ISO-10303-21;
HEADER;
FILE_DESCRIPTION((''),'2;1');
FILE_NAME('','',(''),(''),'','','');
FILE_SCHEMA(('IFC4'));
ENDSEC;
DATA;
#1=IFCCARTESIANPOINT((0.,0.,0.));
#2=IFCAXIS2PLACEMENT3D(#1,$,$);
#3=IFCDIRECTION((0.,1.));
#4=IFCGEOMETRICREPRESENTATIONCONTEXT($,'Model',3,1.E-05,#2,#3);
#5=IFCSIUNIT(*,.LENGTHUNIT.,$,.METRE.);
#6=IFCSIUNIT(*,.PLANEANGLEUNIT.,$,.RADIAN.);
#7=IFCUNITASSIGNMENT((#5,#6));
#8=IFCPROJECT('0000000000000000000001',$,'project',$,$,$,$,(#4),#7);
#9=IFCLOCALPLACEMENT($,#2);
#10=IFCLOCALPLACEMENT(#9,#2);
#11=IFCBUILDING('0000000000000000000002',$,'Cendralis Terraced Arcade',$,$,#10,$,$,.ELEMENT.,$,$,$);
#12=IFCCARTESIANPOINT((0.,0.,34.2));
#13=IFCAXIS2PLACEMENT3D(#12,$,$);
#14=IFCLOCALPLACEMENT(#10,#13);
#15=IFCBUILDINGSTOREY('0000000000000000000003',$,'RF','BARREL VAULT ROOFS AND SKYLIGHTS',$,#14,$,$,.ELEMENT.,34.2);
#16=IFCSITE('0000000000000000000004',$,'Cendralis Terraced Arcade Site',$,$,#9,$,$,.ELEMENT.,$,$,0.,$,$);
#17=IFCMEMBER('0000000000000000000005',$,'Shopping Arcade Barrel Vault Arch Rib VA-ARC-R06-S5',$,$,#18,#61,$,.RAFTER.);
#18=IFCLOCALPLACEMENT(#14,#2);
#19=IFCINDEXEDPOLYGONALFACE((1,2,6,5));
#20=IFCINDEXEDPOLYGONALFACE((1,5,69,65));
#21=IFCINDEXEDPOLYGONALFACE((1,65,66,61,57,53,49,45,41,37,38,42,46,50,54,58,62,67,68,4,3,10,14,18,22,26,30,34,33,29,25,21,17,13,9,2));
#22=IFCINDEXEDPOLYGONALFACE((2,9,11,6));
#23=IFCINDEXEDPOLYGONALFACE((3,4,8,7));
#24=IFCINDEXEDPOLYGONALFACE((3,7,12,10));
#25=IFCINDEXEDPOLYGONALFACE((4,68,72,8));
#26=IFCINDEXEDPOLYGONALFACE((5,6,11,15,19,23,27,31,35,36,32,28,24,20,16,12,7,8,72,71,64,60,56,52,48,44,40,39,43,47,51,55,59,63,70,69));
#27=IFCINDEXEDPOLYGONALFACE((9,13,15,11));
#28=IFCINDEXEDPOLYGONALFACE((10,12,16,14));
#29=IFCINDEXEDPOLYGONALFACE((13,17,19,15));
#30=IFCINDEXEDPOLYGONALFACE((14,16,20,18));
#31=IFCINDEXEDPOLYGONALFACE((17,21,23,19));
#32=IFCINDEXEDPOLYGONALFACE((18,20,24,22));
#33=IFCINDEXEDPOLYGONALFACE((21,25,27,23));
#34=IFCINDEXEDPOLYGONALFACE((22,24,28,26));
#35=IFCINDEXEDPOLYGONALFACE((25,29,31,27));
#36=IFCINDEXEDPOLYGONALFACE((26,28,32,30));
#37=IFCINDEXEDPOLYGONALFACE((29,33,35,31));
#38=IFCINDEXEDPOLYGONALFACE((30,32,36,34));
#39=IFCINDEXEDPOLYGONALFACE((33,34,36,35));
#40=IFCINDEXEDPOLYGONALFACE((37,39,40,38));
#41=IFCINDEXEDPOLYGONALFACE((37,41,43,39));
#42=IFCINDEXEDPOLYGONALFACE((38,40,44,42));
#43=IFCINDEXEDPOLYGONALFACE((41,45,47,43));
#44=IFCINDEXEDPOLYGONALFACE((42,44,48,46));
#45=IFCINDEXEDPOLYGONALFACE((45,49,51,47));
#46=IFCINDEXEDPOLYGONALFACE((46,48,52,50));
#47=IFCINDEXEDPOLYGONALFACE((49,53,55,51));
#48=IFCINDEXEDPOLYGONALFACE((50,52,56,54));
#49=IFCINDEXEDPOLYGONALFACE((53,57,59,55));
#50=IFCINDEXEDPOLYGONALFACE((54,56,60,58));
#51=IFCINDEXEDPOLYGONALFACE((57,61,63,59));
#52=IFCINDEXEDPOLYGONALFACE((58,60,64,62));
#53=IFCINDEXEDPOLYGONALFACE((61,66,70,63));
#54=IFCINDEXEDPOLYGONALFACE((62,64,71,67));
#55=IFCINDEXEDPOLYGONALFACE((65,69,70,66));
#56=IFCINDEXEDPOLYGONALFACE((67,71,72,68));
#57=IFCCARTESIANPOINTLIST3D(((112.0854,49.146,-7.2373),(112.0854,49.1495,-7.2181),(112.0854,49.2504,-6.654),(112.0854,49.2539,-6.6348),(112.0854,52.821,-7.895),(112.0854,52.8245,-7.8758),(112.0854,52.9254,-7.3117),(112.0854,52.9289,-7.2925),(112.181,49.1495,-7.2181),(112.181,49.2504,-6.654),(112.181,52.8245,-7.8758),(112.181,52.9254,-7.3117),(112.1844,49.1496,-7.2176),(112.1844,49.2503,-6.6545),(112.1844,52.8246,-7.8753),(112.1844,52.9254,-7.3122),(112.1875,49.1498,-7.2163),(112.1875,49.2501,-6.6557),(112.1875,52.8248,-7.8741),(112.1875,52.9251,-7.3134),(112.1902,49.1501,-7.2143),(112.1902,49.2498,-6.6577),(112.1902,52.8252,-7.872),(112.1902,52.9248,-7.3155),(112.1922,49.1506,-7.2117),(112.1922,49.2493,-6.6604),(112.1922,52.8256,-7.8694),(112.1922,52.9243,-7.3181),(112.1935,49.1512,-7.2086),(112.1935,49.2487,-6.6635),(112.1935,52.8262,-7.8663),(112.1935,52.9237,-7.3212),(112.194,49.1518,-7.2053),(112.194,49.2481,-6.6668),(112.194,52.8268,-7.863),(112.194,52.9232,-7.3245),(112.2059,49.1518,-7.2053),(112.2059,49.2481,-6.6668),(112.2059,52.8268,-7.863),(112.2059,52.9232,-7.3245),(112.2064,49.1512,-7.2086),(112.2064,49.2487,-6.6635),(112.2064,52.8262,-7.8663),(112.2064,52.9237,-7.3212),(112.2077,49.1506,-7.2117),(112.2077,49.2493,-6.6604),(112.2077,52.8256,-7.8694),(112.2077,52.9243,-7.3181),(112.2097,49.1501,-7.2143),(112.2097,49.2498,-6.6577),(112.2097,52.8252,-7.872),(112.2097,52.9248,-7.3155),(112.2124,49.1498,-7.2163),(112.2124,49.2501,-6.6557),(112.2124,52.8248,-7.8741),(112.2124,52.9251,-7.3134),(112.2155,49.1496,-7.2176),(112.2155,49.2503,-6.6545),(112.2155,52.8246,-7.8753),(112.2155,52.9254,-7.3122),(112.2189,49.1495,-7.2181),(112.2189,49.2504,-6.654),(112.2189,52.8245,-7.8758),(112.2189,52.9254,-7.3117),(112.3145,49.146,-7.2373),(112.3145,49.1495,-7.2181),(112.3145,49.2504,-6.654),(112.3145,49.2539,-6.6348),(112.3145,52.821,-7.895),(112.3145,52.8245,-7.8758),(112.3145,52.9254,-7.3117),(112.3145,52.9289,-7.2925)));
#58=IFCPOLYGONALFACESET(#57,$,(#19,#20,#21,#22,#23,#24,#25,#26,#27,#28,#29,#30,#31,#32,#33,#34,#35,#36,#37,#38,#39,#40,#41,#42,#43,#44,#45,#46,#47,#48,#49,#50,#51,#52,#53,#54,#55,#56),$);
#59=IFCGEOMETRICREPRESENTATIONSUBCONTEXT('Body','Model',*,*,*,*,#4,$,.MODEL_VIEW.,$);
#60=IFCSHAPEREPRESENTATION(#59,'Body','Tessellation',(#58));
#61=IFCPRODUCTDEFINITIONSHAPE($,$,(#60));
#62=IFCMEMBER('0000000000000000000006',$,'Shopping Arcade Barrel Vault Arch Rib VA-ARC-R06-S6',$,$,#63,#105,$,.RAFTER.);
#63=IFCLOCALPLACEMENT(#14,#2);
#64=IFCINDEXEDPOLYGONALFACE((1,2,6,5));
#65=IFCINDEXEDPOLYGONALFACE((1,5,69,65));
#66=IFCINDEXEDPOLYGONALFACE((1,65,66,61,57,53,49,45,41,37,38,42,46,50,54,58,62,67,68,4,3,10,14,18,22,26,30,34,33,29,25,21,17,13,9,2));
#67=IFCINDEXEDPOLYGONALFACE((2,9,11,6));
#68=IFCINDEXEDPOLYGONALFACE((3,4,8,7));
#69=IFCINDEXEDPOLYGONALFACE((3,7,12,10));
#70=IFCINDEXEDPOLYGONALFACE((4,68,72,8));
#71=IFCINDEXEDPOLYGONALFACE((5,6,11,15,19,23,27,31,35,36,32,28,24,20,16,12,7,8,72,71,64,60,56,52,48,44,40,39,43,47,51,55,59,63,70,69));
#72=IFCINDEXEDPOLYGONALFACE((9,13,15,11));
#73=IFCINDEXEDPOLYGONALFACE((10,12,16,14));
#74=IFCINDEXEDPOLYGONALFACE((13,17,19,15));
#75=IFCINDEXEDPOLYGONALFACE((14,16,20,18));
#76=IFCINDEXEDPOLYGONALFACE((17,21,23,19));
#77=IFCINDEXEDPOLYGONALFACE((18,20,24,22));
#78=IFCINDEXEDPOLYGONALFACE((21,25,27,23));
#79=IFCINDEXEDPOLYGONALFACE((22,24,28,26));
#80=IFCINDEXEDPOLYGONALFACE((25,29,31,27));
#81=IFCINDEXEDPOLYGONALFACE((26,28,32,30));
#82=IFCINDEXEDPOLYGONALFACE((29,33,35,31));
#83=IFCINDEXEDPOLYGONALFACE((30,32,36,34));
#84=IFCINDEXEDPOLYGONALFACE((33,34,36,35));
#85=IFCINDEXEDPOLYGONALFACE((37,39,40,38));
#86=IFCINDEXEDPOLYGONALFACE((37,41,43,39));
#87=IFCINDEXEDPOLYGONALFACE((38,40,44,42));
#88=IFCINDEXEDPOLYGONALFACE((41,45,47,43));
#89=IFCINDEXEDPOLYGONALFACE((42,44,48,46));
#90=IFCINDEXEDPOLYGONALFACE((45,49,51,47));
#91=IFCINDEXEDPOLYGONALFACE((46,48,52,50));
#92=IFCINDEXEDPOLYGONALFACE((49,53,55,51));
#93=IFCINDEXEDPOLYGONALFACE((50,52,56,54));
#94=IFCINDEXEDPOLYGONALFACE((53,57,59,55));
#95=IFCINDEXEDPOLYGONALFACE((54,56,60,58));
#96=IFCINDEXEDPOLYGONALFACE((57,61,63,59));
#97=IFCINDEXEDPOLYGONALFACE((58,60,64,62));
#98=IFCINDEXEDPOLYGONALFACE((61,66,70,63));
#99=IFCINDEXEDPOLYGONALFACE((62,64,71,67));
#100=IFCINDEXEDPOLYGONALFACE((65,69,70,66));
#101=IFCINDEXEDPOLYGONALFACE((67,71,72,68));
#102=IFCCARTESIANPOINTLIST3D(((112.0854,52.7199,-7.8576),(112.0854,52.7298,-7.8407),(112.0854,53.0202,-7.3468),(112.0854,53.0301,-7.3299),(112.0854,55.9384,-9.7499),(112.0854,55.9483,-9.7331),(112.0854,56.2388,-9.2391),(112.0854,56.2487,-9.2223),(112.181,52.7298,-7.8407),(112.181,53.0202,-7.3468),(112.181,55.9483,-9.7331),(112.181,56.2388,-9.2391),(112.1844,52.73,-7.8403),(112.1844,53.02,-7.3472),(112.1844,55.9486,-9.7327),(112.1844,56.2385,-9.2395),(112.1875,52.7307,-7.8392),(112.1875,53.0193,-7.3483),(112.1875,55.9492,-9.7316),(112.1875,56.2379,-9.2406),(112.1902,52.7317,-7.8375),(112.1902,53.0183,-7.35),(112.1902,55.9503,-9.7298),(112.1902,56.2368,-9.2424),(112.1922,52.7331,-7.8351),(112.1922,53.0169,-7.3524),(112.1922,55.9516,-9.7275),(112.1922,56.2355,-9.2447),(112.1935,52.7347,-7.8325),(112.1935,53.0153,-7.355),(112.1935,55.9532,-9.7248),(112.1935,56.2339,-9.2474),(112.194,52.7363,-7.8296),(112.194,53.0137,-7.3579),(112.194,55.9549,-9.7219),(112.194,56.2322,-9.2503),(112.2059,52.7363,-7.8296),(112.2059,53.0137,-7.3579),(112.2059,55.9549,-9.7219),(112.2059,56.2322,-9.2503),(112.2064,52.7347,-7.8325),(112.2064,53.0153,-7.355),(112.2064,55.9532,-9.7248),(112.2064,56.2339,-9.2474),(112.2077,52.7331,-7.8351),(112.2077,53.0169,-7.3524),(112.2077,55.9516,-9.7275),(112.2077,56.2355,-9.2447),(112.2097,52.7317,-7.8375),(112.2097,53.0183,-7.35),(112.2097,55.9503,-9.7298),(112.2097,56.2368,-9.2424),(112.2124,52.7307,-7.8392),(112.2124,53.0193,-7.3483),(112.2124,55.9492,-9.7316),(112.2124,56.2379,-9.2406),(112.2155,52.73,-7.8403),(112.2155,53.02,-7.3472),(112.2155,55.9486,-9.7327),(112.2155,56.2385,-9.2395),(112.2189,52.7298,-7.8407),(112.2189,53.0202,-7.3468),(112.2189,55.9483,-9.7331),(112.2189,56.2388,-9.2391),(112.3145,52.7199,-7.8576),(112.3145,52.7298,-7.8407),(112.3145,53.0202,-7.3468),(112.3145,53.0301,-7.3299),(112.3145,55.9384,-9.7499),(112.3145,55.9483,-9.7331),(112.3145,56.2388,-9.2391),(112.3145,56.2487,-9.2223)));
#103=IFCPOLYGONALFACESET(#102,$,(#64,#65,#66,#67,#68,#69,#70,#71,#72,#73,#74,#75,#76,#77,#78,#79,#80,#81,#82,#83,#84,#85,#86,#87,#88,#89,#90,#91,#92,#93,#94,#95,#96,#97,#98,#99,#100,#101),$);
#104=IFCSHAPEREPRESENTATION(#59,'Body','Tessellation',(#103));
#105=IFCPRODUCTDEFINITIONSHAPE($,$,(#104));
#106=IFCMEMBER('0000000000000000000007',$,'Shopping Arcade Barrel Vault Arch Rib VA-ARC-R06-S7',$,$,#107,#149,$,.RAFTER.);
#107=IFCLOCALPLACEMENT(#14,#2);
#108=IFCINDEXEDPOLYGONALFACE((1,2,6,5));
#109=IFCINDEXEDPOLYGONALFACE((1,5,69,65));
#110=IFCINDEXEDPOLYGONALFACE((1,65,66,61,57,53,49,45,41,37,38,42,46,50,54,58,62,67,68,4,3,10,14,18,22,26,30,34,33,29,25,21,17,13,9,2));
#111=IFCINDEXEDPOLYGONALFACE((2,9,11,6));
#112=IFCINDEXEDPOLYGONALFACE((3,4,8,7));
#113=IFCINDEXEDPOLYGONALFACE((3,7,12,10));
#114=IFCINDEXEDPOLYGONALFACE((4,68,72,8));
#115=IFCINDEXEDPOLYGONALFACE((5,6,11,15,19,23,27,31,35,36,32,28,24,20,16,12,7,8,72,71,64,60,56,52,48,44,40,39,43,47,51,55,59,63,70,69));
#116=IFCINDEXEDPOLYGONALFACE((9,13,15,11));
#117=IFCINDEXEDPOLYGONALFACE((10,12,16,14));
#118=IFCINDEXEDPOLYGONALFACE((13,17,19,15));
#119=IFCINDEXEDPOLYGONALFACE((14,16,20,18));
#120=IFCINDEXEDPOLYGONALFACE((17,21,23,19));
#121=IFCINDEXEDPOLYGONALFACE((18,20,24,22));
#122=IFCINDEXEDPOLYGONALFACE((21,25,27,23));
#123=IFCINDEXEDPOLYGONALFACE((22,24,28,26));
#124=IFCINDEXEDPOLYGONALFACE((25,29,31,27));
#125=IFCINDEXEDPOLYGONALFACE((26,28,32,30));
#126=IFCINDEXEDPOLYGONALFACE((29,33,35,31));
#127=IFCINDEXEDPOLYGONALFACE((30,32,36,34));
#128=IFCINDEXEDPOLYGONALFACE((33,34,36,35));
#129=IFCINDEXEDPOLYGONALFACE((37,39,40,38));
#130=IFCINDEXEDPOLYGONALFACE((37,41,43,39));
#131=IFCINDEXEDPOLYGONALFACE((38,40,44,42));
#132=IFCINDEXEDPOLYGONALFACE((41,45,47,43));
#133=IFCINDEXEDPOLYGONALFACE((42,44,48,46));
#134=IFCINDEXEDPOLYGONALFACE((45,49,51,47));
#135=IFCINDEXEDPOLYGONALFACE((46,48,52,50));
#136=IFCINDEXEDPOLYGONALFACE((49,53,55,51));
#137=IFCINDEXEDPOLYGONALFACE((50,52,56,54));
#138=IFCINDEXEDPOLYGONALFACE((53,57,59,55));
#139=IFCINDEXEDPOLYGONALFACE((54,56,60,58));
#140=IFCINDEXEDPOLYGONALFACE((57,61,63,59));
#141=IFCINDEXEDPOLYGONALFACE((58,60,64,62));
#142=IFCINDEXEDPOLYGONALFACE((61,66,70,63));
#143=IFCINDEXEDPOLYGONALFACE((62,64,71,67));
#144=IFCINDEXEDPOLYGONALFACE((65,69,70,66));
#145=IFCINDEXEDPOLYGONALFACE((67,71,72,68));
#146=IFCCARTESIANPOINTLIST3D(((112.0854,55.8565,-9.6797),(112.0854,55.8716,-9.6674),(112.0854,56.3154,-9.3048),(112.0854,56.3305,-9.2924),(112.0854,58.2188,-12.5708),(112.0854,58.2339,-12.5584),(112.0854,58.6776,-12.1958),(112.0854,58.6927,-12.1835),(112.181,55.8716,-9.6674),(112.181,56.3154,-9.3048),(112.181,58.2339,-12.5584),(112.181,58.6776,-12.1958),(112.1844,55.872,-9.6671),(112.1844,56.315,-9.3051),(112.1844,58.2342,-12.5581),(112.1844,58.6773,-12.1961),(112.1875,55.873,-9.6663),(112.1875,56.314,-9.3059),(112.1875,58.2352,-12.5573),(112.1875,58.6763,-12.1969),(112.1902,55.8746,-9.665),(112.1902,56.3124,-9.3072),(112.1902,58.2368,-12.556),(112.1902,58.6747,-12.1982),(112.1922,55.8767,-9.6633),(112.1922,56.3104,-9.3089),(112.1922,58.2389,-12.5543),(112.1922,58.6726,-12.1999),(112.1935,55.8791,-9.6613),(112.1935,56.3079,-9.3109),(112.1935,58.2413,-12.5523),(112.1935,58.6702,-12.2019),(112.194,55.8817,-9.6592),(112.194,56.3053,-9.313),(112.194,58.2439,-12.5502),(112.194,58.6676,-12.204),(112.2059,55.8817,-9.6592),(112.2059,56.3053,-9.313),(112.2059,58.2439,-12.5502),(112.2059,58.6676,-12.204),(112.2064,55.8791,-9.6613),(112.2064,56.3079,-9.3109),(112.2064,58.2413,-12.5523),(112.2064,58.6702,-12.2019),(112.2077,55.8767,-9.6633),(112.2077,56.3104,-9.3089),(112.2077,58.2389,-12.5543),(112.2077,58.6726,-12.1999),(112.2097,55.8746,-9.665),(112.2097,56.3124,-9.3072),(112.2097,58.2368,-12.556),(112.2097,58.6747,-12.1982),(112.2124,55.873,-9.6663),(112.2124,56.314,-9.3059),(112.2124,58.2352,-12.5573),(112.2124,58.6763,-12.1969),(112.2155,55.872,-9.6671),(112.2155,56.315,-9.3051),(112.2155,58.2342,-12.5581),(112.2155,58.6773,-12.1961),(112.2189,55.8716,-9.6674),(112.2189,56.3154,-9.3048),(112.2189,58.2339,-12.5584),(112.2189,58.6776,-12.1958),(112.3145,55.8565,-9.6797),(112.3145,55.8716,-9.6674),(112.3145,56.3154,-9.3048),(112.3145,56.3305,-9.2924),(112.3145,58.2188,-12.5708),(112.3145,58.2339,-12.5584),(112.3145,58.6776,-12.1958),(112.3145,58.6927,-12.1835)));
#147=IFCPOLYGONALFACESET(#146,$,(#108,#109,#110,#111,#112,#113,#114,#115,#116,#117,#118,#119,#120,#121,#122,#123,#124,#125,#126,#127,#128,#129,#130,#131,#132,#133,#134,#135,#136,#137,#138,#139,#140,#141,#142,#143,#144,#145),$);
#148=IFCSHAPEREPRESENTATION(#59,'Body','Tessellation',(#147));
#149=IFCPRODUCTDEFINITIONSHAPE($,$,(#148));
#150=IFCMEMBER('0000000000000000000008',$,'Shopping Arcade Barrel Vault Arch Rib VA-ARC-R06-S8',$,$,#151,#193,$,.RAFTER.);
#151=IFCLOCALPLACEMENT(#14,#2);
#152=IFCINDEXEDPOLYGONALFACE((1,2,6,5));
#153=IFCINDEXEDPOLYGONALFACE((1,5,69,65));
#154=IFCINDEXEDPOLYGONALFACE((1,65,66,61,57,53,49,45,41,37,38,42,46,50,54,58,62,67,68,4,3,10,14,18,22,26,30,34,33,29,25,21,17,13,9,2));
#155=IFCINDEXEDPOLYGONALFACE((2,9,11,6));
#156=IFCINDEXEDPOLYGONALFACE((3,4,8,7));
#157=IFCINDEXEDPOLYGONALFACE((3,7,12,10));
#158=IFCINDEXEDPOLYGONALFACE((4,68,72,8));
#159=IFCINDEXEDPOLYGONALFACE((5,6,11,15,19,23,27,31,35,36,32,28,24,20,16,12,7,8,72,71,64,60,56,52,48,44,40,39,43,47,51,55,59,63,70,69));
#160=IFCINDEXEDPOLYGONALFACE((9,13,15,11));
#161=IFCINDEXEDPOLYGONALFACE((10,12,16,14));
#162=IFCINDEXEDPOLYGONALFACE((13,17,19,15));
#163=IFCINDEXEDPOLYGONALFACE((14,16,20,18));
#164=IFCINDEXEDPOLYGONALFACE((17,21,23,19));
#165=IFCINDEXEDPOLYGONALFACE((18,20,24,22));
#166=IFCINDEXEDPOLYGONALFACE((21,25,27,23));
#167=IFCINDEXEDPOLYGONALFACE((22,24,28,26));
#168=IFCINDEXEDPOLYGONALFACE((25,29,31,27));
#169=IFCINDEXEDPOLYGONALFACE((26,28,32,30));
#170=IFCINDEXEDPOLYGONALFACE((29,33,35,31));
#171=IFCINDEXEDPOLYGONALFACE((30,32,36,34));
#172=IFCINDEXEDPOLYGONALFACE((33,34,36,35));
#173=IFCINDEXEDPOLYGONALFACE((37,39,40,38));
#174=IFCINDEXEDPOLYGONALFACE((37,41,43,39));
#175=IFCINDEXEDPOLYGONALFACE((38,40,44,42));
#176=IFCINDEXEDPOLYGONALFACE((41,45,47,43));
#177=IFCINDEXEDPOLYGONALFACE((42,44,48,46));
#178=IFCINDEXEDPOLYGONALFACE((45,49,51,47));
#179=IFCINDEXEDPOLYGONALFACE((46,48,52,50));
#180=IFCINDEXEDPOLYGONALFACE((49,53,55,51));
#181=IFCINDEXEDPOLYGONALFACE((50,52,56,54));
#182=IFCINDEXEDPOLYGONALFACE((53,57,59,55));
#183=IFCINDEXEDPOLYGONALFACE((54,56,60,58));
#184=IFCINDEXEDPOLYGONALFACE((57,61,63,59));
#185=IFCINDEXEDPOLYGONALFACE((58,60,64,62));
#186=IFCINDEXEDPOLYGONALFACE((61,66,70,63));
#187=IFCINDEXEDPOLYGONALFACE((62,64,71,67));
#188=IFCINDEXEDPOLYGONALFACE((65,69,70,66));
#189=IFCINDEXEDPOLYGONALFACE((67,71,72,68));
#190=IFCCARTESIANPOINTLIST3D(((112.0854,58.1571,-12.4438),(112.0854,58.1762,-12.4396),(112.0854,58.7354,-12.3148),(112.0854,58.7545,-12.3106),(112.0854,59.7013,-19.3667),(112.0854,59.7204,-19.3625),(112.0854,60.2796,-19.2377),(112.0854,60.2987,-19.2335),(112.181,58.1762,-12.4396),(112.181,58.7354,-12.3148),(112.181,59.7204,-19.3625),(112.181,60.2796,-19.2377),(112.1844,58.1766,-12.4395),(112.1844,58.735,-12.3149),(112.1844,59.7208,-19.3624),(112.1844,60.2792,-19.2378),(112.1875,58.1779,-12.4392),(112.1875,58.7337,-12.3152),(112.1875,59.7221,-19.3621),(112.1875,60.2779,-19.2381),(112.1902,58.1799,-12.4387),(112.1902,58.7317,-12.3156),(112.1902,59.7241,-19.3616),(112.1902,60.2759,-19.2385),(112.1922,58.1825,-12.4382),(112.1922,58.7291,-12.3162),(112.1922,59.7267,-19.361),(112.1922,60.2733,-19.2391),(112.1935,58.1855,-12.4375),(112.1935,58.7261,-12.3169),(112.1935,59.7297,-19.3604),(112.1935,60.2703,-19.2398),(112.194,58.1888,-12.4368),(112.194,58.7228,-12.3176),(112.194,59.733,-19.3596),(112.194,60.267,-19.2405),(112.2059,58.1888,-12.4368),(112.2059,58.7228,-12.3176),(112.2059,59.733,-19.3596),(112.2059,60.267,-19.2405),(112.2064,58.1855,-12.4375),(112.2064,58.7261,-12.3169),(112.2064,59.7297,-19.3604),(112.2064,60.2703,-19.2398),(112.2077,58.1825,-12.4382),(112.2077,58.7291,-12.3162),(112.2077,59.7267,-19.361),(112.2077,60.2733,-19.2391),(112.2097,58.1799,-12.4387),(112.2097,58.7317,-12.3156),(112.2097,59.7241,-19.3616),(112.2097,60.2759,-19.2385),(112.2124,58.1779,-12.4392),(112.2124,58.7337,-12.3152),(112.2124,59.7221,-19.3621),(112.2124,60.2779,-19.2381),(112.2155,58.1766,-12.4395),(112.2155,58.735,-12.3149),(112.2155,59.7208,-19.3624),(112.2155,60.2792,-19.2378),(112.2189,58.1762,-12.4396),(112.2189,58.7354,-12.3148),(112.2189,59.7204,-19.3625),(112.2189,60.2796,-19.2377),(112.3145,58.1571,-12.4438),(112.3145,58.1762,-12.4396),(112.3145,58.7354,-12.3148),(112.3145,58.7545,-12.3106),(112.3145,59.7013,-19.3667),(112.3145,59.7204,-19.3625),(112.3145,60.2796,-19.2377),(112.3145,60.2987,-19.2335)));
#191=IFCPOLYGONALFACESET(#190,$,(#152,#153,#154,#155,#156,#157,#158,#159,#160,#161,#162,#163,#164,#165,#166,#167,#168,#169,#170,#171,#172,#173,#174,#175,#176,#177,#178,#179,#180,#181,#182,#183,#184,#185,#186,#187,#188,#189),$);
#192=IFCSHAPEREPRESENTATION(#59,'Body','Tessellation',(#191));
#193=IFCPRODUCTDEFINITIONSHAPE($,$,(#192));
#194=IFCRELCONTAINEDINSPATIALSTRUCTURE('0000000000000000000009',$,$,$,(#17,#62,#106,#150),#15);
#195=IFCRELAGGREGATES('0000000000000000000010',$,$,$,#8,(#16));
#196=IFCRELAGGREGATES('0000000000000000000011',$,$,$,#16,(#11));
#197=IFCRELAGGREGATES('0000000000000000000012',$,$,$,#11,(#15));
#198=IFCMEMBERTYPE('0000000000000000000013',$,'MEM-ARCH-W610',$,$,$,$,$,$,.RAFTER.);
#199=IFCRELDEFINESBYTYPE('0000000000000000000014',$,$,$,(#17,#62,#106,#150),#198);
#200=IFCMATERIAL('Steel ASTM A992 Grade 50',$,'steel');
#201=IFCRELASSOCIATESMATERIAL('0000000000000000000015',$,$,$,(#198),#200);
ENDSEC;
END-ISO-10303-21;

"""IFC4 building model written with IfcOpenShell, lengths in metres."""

from ifc_helpers import new_model, si_unit, direction, frame, origin, origin_2d, place, context, subcontext, project, spatial, i_section, extrude, material, material_profile, profile_set, type_object, element, save


model = new_model("IFC4")

# Units and contexts
model_context = context("Model", 3, precision=1e-05, world=origin(), true_north=direction((0.0, 1.0)))
body_context = subcontext(model_context, "Body", "Model", "MODEL_VIEW")
ifc_project = project(units=[si_unit("LENGTHUNIT", "METRE"), si_unit("PLANEANGLEUNIT", "RADIAN")], contexts=[model_context])

# Site, building, storey
site_placement = place(None, origin())
site = spatial("IfcSite", under=ifc_project, at=site_placement, Name="Cendralis Terraced Arcade Site", CompositionType="ELEMENT", RefElevation=0.0)
building_placement = place(site_placement, origin())
building = spatial("IfcBuilding", under=site, at=building_placement, Name="Cendralis Terraced Arcade", CompositionType="ELEMENT")
storey_placement = place(building_placement, frame((0.0, 0.0, 34.2)))
storey = spatial("IfcBuildingStorey", under=building, at=storey_placement, Name="RF", Description="BARREL VAULT ROOFS AND SKYLIGHTS", CompositionType="ELEMENT", Elevation=34.2)

# Members
ifc_material_1 = material(Name="Steel ASTM A992 Grade 50", Category="steel")
ifc_material_profile_1 = material_profile(ifc_material_1, i_section(OverallWidth=0.229, OverallDepth=0.6121, WebThickness=0.012, FlangeThickness=0.0195, FilletRadius=0.0129, at=origin_2d()), Name="W610X125", Category="LoadBearing")
ifc_profile_set_1 = profile_set([ifc_material_profile_1], Name="Steel ASTM A992 Grade 50")
member_type_1 = type_object("IfcMemberType", Name="MEM-ARCH-W610", PredefinedType="RAFTER", material=ifc_profile_set_1)
member_1_placement = place(storey_placement, frame((112.2, 49.2, -6.936), z_axis=(0.0, 0.98436, -0.176169), x_axis=(-1.0, 0.0, 0.0)))
element("IfcMember", 1, at=member_1_placement, inside=storey, type_object=member_type_1, Name="Shopping Arcade Barrel Vault Arch Rib VA-ARC-R06-S5", PredefinedType="RAFTER", context=body_context, shape_type="SweptSolid", body=[
    extrude(i_section(OverallWidth=0.229, OverallDepth=0.6121, WebThickness=0.012, FlangeThickness=0.0195, FilletRadius=0.0129, at=origin_2d()), origin(), (0.0, 0.0, 1.0), 3.7334),
])
member_2_placement = place(storey_placement, frame((112.2, 52.875, -7.5938), z_axis=(0.0, 0.86204, -0.50684), x_axis=(-1.0, 0.0, 0.0)))
element("IfcMember", 2, at=member_2_placement, inside=storey, type_object=member_type_1, Name="Shopping Arcade Barrel Vault Arch Rib VA-ARC-R06-S6", PredefinedType="RAFTER", context=body_context, shape_type="SweptSolid", body=[
    extrude(i_section(OverallWidth=0.229, OverallDepth=0.6121, WebThickness=0.012, FlangeThickness=0.0195, FilletRadius=0.0129, at=origin_2d()), origin(), (0.0, 0.0, 1.0), 3.7336),
])
member_3_placement = place(storey_placement, frame((112.2, 56.0935, -9.4861), z_axis=(0.0, 0.632732, -0.774371), x_axis=(-1.0, 0.0, 0.0)))
element("IfcMember", 3, at=member_3_placement, inside=storey, type_object=member_type_1, Name="Shopping Arcade Barrel Vault Arch Rib VA-ARC-R06-S7", PredefinedType="RAFTER", context=body_context, shape_type="SweptSolid", body=[
    extrude(i_section(OverallWidth=0.229, OverallDepth=0.6121, WebThickness=0.012, FlangeThickness=0.0195, FilletRadius=0.0129, at=origin_2d()), origin(), (0.0, 0.0, 1.0), 3.7334),
])
member_4_placement = place(storey_placement, frame((112.2, 58.4558, -12.3772), z_axis=(0.0, 0.217707, -0.976014), x_axis=(-1.0, 0.0, 0.0)))
element("IfcMember", 4, at=member_4_placement, inside=storey, type_object=member_type_1, Name="Shopping Arcade Barrel Vault Arch Rib VA-ARC-R06-S8", PredefinedType="RAFTER", context=body_context, shape_type="SweptSolid", body=[
    extrude(i_section(OverallWidth=0.229, OverallDepth=0.6121, WebThickness=0.012, FlangeThickness=0.0195, FilletRadius=0.0129, at=origin_2d()), origin(), (0.0, 0.0, 1.0), 7.093),
])

save(model, "model.ifc")
